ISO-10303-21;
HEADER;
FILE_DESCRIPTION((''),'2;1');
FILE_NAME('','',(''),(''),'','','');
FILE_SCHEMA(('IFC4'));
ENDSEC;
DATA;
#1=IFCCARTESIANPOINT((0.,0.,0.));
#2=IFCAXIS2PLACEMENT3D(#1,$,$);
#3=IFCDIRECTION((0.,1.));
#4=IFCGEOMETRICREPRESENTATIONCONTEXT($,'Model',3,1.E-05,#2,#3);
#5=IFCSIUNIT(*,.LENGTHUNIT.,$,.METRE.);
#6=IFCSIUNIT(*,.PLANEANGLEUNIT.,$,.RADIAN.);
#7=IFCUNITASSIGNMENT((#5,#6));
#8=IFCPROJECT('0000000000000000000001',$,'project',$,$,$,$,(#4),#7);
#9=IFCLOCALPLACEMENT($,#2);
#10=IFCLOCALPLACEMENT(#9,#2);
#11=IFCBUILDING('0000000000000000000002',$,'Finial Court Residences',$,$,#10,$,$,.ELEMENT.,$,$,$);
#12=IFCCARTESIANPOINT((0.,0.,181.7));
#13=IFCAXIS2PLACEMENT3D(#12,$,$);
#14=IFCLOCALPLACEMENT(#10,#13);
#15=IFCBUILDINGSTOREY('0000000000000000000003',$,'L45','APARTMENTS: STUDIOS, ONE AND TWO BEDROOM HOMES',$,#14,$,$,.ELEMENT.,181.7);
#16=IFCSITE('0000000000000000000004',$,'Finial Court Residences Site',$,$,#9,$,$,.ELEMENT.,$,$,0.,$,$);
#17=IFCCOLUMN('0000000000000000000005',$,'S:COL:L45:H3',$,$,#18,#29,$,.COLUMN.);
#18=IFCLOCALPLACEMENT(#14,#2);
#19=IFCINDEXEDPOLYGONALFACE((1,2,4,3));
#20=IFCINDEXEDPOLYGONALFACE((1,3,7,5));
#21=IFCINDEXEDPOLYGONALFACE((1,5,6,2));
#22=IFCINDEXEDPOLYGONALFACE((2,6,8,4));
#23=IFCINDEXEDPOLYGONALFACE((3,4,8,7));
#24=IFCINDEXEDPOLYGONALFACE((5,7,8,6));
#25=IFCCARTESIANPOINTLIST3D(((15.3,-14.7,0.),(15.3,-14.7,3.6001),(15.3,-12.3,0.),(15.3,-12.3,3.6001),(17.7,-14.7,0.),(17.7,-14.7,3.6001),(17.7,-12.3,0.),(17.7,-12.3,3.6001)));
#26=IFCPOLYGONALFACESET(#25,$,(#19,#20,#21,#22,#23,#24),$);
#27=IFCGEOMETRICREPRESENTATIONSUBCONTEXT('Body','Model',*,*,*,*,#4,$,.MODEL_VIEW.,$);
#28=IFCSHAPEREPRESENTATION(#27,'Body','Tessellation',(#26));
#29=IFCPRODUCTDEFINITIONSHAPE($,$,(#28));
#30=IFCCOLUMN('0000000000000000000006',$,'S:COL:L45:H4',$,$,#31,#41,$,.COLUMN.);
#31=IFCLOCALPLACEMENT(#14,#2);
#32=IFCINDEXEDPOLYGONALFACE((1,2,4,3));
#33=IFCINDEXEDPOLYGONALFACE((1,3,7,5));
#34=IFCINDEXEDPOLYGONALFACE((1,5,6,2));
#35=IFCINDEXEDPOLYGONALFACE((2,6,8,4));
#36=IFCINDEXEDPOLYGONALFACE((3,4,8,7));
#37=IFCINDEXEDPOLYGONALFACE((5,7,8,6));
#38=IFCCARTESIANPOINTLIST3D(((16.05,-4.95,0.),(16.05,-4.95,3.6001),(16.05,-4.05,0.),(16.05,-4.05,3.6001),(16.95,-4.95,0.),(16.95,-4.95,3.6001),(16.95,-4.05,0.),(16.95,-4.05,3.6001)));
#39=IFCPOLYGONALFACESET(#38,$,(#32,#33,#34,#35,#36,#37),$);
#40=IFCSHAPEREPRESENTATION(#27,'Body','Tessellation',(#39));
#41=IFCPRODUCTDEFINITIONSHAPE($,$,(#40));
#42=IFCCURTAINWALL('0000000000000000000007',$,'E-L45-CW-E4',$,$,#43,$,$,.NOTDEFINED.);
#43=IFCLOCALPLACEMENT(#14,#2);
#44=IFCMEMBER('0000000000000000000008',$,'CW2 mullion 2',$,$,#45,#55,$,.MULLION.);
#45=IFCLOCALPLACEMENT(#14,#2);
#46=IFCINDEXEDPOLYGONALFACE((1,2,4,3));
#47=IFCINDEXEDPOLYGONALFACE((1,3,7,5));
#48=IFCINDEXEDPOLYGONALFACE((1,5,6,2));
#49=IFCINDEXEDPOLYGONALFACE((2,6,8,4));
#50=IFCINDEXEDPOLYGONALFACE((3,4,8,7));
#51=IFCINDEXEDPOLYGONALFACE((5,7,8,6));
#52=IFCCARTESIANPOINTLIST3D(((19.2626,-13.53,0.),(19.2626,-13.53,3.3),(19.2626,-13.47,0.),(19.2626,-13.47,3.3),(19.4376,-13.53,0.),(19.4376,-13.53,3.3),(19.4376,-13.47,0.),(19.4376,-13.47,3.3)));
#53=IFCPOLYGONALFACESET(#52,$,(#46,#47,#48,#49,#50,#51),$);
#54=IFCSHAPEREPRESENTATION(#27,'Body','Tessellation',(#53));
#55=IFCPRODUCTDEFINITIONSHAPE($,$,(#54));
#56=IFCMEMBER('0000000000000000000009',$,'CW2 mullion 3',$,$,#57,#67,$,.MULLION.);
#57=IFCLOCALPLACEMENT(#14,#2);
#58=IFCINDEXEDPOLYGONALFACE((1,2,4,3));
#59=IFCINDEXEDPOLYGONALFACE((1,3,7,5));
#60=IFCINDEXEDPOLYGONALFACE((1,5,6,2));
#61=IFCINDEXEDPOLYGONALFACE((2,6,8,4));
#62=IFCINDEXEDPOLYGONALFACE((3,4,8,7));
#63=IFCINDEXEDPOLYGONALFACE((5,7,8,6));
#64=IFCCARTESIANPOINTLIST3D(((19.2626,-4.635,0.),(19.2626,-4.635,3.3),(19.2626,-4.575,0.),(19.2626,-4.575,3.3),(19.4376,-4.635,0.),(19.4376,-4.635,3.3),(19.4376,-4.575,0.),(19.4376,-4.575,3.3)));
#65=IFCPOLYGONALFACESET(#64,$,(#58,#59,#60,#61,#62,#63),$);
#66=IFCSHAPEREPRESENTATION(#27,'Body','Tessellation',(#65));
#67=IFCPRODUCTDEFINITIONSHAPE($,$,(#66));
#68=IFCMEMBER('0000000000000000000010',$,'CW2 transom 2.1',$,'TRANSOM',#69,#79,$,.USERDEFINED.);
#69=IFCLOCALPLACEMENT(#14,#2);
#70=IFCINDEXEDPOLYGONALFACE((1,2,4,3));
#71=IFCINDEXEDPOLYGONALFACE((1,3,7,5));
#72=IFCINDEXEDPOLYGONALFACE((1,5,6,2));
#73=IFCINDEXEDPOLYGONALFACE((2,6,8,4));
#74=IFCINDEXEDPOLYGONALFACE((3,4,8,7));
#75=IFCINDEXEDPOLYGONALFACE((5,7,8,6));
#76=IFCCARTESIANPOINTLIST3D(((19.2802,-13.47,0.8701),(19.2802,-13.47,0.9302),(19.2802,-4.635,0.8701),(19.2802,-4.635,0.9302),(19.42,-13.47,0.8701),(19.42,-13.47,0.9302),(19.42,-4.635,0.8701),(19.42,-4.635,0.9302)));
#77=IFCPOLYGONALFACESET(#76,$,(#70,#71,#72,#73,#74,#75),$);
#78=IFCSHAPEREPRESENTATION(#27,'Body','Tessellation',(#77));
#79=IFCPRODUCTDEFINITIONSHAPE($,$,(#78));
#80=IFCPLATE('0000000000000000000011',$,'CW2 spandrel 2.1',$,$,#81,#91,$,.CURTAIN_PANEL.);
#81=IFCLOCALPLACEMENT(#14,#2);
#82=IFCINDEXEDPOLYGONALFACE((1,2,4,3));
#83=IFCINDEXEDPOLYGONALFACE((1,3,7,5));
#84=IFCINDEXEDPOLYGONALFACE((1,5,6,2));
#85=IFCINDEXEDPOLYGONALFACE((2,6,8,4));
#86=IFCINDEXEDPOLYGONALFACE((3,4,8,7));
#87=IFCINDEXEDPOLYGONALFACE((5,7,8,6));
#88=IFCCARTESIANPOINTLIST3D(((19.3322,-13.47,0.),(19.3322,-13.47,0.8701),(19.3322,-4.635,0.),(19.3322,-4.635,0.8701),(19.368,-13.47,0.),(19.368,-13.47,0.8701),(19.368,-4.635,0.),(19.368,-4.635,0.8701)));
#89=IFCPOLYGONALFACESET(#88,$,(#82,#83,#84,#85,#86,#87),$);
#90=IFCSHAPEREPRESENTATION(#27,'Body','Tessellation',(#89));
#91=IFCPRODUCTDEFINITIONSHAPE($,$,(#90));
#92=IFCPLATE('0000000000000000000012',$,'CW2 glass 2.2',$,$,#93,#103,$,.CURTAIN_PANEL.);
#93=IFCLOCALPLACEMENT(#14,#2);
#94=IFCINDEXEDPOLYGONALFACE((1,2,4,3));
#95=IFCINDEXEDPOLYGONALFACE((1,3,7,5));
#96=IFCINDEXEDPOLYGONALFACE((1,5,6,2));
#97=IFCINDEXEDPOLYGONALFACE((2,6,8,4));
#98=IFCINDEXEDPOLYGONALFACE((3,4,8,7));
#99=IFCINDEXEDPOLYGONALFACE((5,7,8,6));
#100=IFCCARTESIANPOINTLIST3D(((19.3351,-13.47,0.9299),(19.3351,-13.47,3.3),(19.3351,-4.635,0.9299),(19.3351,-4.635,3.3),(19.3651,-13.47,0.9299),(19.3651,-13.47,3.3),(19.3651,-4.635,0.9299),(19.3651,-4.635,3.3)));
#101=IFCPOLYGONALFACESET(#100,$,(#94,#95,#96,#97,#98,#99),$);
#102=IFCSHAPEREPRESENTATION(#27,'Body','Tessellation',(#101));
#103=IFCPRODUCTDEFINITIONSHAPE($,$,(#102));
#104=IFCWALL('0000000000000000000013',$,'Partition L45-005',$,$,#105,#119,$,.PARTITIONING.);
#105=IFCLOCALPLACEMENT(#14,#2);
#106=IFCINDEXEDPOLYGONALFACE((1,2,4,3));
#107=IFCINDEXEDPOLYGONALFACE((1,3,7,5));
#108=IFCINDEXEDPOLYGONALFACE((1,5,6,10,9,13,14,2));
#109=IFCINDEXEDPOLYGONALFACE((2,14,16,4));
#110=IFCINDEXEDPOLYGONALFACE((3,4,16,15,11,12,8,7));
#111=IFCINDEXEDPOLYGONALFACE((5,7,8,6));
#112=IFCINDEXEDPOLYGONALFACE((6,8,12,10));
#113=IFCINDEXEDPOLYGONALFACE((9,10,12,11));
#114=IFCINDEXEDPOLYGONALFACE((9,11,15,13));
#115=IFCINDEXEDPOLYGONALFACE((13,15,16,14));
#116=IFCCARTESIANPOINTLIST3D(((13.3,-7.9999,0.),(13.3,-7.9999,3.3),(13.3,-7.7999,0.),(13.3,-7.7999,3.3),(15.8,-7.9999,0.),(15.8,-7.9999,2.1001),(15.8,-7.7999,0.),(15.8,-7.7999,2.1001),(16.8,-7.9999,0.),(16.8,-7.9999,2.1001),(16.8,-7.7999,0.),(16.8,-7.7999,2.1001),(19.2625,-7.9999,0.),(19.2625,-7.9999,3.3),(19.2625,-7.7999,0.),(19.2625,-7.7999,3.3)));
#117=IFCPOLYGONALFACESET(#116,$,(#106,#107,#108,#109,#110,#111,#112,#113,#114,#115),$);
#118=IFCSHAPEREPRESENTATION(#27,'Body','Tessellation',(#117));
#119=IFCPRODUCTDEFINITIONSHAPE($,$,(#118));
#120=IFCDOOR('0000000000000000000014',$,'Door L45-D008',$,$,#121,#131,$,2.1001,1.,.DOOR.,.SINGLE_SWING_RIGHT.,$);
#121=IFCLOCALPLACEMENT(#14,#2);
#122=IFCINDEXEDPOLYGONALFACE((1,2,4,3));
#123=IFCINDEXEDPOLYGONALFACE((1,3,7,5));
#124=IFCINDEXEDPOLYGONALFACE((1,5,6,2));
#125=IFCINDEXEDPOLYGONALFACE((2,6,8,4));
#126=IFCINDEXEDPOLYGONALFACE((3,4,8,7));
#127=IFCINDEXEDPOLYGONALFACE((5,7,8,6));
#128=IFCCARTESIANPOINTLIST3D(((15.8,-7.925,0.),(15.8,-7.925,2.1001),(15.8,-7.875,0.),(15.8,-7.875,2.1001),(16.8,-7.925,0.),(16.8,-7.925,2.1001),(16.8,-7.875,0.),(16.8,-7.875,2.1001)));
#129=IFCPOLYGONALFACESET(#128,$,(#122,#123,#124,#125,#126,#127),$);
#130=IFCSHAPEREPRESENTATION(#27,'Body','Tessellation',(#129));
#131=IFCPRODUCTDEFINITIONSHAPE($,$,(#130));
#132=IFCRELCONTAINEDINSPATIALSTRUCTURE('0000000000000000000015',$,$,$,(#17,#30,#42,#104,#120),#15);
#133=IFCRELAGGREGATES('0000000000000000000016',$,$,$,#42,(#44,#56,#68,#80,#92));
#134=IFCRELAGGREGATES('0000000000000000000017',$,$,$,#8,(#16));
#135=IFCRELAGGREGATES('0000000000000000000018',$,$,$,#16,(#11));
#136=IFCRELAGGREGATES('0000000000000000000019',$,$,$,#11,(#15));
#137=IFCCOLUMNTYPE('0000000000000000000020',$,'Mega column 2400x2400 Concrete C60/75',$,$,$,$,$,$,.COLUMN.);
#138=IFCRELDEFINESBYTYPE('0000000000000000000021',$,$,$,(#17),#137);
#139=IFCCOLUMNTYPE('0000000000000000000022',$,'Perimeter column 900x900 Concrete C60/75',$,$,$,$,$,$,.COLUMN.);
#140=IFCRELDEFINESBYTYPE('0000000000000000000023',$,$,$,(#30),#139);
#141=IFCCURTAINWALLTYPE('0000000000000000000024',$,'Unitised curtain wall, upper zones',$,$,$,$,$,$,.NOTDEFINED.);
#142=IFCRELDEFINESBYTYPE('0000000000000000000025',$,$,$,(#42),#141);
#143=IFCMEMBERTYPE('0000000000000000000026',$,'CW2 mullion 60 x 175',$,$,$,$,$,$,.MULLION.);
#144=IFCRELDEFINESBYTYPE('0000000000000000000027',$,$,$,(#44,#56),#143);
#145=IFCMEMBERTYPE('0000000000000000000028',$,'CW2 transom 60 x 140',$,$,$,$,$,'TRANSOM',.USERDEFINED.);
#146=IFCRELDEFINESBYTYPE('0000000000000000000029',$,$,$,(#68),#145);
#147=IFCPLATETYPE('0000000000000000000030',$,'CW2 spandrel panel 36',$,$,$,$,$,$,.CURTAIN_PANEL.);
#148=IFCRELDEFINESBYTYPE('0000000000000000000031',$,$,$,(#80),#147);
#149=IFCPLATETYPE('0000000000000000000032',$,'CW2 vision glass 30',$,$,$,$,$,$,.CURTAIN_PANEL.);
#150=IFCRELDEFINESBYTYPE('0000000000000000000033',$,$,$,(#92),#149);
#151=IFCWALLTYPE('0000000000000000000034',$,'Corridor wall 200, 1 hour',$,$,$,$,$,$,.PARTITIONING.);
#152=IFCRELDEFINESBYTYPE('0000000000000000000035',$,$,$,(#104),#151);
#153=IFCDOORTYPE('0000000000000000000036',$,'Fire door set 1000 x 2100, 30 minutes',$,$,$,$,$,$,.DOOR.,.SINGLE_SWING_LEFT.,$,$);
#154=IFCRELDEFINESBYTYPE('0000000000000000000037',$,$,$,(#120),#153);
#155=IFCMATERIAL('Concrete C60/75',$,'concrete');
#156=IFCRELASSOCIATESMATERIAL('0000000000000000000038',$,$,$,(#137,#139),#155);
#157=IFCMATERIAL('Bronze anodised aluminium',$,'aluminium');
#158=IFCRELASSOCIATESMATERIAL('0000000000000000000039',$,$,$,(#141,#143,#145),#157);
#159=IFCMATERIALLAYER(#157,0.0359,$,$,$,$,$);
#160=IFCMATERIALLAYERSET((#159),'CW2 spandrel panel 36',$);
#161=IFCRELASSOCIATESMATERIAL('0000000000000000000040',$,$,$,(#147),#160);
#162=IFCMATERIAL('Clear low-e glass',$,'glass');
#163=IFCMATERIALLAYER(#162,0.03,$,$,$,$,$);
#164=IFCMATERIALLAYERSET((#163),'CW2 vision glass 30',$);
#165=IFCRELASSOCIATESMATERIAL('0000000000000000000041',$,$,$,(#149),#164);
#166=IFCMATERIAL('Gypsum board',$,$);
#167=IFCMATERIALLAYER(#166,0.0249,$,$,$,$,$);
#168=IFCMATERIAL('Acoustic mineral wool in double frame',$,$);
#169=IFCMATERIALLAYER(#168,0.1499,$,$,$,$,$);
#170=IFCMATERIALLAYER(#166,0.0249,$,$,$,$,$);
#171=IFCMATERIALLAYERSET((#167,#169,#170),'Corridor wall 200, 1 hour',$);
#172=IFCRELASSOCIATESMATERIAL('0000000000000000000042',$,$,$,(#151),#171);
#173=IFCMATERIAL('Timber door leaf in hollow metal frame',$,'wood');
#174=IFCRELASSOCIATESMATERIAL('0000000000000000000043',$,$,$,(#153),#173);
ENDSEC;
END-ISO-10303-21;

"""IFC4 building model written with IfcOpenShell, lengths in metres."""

from ifc_helpers import new_model, si_unit, direction, frame, frame_2d, origin, origin_2d, place, context, subcontext, project, spatial, rectangle, extrude, material, layer, layer_set, material_profile, profile_set, type_object, element, fill, aggregate, save


model = new_model("IFC4")

# Units and contexts
model_context = context("Model", 3, precision=1e-05, world=origin(), true_north=direction((0.0, 1.0)))
body_context = subcontext(model_context, "Body", "Model", "MODEL_VIEW")
ifc_project = project(units=[si_unit("LENGTHUNIT", "METRE"), si_unit("PLANEANGLEUNIT", "RADIAN")], contexts=[model_context])

# Site, building, storey
site_placement = place(None, origin())
site = spatial("IfcSite", under=ifc_project, at=site_placement, Name="Finial Court Residences Site", CompositionType="ELEMENT", RefElevation=0.0)
building_placement = place(site_placement, origin())
building = spatial("IfcBuilding", under=site, at=building_placement, Name="Finial Court Residences", CompositionType="ELEMENT")
storey_placement = place(building_placement, frame((0.0, 0.0, 181.7)))
storey = spatial("IfcBuildingStorey", under=building, at=storey_placement, Name="L45", Description="APARTMENTS: STUDIOS, ONE AND TWO BEDROOM HOMES", CompositionType="ELEMENT", Elevation=181.7)

# Columns
ifc_material_1 = material(Name="Concrete C60/75", Category="concrete")
ifc_material_profile_1 = material_profile(ifc_material_1, rectangle(XDim=2.3999, YDim=2.3999, at=origin_2d()), Name="2400x2400")
ifc_profile_set_1 = profile_set([ifc_material_profile_1], Name="Concrete C60/75")
column_type_1 = type_object("IfcColumnType", Name="Mega column 2400x2400 Concrete C60/75", PredefinedType="COLUMN", material=ifc_profile_set_1)
column_1_placement = place(storey_placement, frame((16.5, -13.5, 0.0), z_axis=(0.0, 0.0, 1.0), x_axis=(1.0, 0.0, 0.0)))
element("IfcColumn", 1, at=column_1_placement, inside=storey, type_object=column_type_1, Name="S:COL:L45:H3", PredefinedType="COLUMN", context=body_context, shape_type="SweptSolid", body=[
    extrude(rectangle(XDim=2.3999, YDim=2.3999, at=origin_2d()), origin(), (0.0, 0.0, 1.0), 3.6001),
])
ifc_material_profile_2 = material_profile(ifc_material_1, rectangle(XDim=0.8999, YDim=0.8999, at=origin_2d()), Name="900x900")
ifc_profile_set_2 = profile_set([ifc_material_profile_2], Name="Concrete C60/75")
column_type_2 = type_object("IfcColumnType", Name="Perimeter column 900x900 Concrete C60/75", PredefinedType="COLUMN", material=ifc_profile_set_2)
column_2_placement = place(storey_placement, frame((16.5, -4.5, 0.0), z_axis=(0.0, 0.0, 1.0), x_axis=(1.0, 0.0, 0.0)))
element("IfcColumn", 2, at=column_2_placement, inside=storey, type_object=column_type_2, Name="S:COL:L45:H4", PredefinedType="COLUMN", context=body_context, shape_type="SweptSolid", body=[
    extrude(rectangle(XDim=0.8999, YDim=0.8999, at=origin_2d()), origin(), (0.0, 0.0, 1.0), 3.6001),
])

# Curtain wall, members, plates
ifc_material_2 = material(Name="Bronze anodised aluminium", Category="aluminium")
curtain_wall_type = type_object("IfcCurtainWallType", Name="Unitised curtain wall, upper zones", PredefinedType="NOTDEFINED", material=ifc_material_2)
curtain_wall_placement = place(storey_placement, origin())
curtain_wall = element("IfcCurtainWall", 3, at=curtain_wall_placement, inside=storey, type_object=curtain_wall_type, Name="E-L45-CW-E4", PredefinedType="NOTDEFINED")
ifc_material_profile_3 = material_profile(ifc_material_2, rectangle(XDim=0.175, YDim=0.0601, at=origin_2d()), Name="CW2 mullion 60 x 175")
ifc_profile_set_3 = profile_set([ifc_material_profile_3], Name="Bronze anodised aluminium")
member_type_1 = type_object("IfcMemberType", Name="CW2 mullion 60 x 175", PredefinedType="MULLION", material=ifc_profile_set_3)
member_1_placement = place(storey_placement, frame((19.3501, -13.5, 0.0), z_axis=(0.0, 0.0, 1.0), x_axis=(-1.0, 0.0, 0.0)))
member_1 = element("IfcMember", 4, at=member_1_placement, type_object=member_type_1, Name="CW2 mullion 2", PredefinedType="MULLION", context=body_context, shape_type="SweptSolid", body=[
    extrude(rectangle(XDim=0.175, YDim=0.0601, at=origin_2d()), origin(), (0.0, 0.0, 1.0), 3.3),
])
member_2_placement = place(storey_placement, frame((19.3501, -4.605, 0.0), z_axis=(0.0, 0.0, 1.0), x_axis=(-1.0, 0.0, 0.0)))
member_2 = element("IfcMember", 5, at=member_2_placement, type_object=member_type_1, Name="CW2 mullion 3", PredefinedType="MULLION", context=body_context, shape_type="SweptSolid", body=[
    extrude(rectangle(XDim=0.175, YDim=0.0601, at=origin_2d()), origin(), (0.0, 0.0, 1.0), 3.3),
])
ifc_material_profile_4 = material_profile(ifc_material_2, rectangle(XDim=0.1399, YDim=0.0601, at=origin_2d()), Name="CW2 transom 60 x 140")
ifc_profile_set_4 = profile_set([ifc_material_profile_4], Name="Bronze anodised aluminium")
member_type_2 = type_object("IfcMemberType", Name="CW2 transom 60 x 140", ElementType="TRANSOM", PredefinedType="USERDEFINED", material=ifc_profile_set_4)
member_3_placement = place(storey_placement, frame((19.3501, -13.47, 0.9001), z_axis=(0.0, 1.0, 0.0), x_axis=(-1.0, 0.0, 0.0)))
member_3 = element("IfcMember", 6, at=member_3_placement, type_object=member_type_2, Name="CW2 transom 2.1", ObjectType="TRANSOM", PredefinedType="USERDEFINED", context=body_context, shape_type="SweptSolid", body=[
    extrude(rectangle(XDim=0.1399, YDim=0.0601, at=origin_2d()), origin(), (0.0, 0.0, 1.0), 8.835),
])
ifc_layer_1 = layer(ifc_material_2, 0.0359)
ifc_layer_set_1 = layer_set([ifc_layer_1], Name="CW2 spandrel panel 36")
plate_type_1 = type_object("IfcPlateType", Name="CW2 spandrel panel 36", PredefinedType="CURTAIN_PANEL", material=ifc_layer_set_1)
plate_1_placement = place(storey_placement, frame((19.3501, -9.0525, 0.0), z_axis=(0.0, 0.0, 1.0), x_axis=(0.0, 1.0, 0.0)))
plate_1 = element("IfcPlate", 7, at=plate_1_placement, type_object=plate_type_1, Name="CW2 spandrel 2.1", PredefinedType="CURTAIN_PANEL", context=body_context, shape_type="SweptSolid", body=[
    extrude(rectangle(XDim=8.835, YDim=0.0359, at=origin_2d()), origin(), (0.0, 0.0, 1.0), 0.8701),
])
ifc_material_3 = material(Name="Clear low-e glass", Category="glass")
ifc_layer_2 = layer(ifc_material_3, 0.03)
ifc_layer_set_2 = layer_set([ifc_layer_2], Name="CW2 vision glass 30")
plate_type_2 = type_object("IfcPlateType", Name="CW2 vision glass 30", PredefinedType="CURTAIN_PANEL", material=ifc_layer_set_2)
plate_2_placement = place(storey_placement, frame((19.3501, -9.0525, 0.9299), z_axis=(0.0, 0.0, 1.0), x_axis=(0.0, 1.0, 0.0)))
plate_2 = element("IfcPlate", 8, at=plate_2_placement, type_object=plate_type_2, Name="CW2 glass 2.2", PredefinedType="CURTAIN_PANEL", context=body_context, shape_type="SweptSolid", body=[
    extrude(rectangle(XDim=8.835, YDim=0.03, at=origin_2d()), origin(), (0.0, 0.0, 1.0), 2.3701),
])
aggregate(curtain_wall, [member_1, member_2, member_3, plate_1, plate_2])

# Wall, opening, door
ifc_material_4 = material(Name="Gypsum board")
ifc_layer_3 = layer(ifc_material_4, 0.0249)
ifc_material_5 = material(Name="Acoustic mineral wool in double frame")
ifc_layer_4 = layer(ifc_material_5, 0.1499)
ifc_layer_5 = layer(ifc_material_4, 0.0249)
ifc_layer_set_3 = layer_set([ifc_layer_3, ifc_layer_4, ifc_layer_5], Name="Corridor wall 200, 1 hour")
wall_type_1 = type_object("IfcWallType", Name="Corridor wall 200, 1 hour", PredefinedType="PARTITIONING", material=ifc_layer_set_3)
wall_1_placement = place(storey_placement, frame((13.3, -7.8999, 0.0), z_axis=(0.0, 0.0, 1.0), x_axis=(1.0, 0.0, 0.0)))
wall_1 = element("IfcWall", 9, at=wall_1_placement, inside=storey, type_object=wall_type_1, Name="Partition L45-005", PredefinedType="PARTITIONING", context=body_context, shape_type="SweptSolid", body=[
    extrude(rectangle(XDim=5.9624, YDim=0.2, at=frame_2d((2.9812, 0.0))), origin(), (0.0, 0.0, 1.0), 3.3),
])
opening_1_placement = place(wall_1_placement, frame((2.5, 0.0, 0.0)))
opening_1 = element("IfcOpeningElement", 10, at=opening_1_placement, cuts=wall_1, PredefinedType="OPENING", context=body_context, shape_type="SweptSolid", body=[
    extrude(rectangle(XDim=1.0, YDim=2.1001, at=frame_2d((0.5, 1.05))), frame((0.0, 0.1099, 0.0), z_axis=(0.0, -1.0, 0.0), x_axis=(1.0, 0.0, 0.0)), (0.0, 0.0, 1.0), 0.22),
])
ifc_material_6 = material(Name="Timber door leaf in hollow metal frame", Category="wood")
door_type_1 = type_object("IfcDoorType", Name="Fire door set 1000 x 2100, 30 minutes", OperationType="SINGLE_SWING_LEFT", PredefinedType="DOOR", material=ifc_material_6)
door_1_placement = place(opening_1_placement, origin())
door_1 = element("IfcDoor", 11, at=door_1_placement, inside=storey, type_object=door_type_1, Name="Door L45-D008", OperationType="SINGLE_SWING_RIGHT", OverallHeight=2.1001, OverallWidth=1.0, PredefinedType="DOOR", context=body_context, shape_type="SweptSolid", body=[
    extrude(rectangle(XDim=1.0, YDim=2.1001, at=frame_2d((0.5, 1.05))), frame((0.0, 0.0249, 0.0), z_axis=(0.0, -1.0, 0.0), x_axis=(1.0, 0.0, 0.0)), (0.0, 0.0, 1.0), 0.05),
])
fill(opening_1, door_1)

save(model, "model.ifc")
